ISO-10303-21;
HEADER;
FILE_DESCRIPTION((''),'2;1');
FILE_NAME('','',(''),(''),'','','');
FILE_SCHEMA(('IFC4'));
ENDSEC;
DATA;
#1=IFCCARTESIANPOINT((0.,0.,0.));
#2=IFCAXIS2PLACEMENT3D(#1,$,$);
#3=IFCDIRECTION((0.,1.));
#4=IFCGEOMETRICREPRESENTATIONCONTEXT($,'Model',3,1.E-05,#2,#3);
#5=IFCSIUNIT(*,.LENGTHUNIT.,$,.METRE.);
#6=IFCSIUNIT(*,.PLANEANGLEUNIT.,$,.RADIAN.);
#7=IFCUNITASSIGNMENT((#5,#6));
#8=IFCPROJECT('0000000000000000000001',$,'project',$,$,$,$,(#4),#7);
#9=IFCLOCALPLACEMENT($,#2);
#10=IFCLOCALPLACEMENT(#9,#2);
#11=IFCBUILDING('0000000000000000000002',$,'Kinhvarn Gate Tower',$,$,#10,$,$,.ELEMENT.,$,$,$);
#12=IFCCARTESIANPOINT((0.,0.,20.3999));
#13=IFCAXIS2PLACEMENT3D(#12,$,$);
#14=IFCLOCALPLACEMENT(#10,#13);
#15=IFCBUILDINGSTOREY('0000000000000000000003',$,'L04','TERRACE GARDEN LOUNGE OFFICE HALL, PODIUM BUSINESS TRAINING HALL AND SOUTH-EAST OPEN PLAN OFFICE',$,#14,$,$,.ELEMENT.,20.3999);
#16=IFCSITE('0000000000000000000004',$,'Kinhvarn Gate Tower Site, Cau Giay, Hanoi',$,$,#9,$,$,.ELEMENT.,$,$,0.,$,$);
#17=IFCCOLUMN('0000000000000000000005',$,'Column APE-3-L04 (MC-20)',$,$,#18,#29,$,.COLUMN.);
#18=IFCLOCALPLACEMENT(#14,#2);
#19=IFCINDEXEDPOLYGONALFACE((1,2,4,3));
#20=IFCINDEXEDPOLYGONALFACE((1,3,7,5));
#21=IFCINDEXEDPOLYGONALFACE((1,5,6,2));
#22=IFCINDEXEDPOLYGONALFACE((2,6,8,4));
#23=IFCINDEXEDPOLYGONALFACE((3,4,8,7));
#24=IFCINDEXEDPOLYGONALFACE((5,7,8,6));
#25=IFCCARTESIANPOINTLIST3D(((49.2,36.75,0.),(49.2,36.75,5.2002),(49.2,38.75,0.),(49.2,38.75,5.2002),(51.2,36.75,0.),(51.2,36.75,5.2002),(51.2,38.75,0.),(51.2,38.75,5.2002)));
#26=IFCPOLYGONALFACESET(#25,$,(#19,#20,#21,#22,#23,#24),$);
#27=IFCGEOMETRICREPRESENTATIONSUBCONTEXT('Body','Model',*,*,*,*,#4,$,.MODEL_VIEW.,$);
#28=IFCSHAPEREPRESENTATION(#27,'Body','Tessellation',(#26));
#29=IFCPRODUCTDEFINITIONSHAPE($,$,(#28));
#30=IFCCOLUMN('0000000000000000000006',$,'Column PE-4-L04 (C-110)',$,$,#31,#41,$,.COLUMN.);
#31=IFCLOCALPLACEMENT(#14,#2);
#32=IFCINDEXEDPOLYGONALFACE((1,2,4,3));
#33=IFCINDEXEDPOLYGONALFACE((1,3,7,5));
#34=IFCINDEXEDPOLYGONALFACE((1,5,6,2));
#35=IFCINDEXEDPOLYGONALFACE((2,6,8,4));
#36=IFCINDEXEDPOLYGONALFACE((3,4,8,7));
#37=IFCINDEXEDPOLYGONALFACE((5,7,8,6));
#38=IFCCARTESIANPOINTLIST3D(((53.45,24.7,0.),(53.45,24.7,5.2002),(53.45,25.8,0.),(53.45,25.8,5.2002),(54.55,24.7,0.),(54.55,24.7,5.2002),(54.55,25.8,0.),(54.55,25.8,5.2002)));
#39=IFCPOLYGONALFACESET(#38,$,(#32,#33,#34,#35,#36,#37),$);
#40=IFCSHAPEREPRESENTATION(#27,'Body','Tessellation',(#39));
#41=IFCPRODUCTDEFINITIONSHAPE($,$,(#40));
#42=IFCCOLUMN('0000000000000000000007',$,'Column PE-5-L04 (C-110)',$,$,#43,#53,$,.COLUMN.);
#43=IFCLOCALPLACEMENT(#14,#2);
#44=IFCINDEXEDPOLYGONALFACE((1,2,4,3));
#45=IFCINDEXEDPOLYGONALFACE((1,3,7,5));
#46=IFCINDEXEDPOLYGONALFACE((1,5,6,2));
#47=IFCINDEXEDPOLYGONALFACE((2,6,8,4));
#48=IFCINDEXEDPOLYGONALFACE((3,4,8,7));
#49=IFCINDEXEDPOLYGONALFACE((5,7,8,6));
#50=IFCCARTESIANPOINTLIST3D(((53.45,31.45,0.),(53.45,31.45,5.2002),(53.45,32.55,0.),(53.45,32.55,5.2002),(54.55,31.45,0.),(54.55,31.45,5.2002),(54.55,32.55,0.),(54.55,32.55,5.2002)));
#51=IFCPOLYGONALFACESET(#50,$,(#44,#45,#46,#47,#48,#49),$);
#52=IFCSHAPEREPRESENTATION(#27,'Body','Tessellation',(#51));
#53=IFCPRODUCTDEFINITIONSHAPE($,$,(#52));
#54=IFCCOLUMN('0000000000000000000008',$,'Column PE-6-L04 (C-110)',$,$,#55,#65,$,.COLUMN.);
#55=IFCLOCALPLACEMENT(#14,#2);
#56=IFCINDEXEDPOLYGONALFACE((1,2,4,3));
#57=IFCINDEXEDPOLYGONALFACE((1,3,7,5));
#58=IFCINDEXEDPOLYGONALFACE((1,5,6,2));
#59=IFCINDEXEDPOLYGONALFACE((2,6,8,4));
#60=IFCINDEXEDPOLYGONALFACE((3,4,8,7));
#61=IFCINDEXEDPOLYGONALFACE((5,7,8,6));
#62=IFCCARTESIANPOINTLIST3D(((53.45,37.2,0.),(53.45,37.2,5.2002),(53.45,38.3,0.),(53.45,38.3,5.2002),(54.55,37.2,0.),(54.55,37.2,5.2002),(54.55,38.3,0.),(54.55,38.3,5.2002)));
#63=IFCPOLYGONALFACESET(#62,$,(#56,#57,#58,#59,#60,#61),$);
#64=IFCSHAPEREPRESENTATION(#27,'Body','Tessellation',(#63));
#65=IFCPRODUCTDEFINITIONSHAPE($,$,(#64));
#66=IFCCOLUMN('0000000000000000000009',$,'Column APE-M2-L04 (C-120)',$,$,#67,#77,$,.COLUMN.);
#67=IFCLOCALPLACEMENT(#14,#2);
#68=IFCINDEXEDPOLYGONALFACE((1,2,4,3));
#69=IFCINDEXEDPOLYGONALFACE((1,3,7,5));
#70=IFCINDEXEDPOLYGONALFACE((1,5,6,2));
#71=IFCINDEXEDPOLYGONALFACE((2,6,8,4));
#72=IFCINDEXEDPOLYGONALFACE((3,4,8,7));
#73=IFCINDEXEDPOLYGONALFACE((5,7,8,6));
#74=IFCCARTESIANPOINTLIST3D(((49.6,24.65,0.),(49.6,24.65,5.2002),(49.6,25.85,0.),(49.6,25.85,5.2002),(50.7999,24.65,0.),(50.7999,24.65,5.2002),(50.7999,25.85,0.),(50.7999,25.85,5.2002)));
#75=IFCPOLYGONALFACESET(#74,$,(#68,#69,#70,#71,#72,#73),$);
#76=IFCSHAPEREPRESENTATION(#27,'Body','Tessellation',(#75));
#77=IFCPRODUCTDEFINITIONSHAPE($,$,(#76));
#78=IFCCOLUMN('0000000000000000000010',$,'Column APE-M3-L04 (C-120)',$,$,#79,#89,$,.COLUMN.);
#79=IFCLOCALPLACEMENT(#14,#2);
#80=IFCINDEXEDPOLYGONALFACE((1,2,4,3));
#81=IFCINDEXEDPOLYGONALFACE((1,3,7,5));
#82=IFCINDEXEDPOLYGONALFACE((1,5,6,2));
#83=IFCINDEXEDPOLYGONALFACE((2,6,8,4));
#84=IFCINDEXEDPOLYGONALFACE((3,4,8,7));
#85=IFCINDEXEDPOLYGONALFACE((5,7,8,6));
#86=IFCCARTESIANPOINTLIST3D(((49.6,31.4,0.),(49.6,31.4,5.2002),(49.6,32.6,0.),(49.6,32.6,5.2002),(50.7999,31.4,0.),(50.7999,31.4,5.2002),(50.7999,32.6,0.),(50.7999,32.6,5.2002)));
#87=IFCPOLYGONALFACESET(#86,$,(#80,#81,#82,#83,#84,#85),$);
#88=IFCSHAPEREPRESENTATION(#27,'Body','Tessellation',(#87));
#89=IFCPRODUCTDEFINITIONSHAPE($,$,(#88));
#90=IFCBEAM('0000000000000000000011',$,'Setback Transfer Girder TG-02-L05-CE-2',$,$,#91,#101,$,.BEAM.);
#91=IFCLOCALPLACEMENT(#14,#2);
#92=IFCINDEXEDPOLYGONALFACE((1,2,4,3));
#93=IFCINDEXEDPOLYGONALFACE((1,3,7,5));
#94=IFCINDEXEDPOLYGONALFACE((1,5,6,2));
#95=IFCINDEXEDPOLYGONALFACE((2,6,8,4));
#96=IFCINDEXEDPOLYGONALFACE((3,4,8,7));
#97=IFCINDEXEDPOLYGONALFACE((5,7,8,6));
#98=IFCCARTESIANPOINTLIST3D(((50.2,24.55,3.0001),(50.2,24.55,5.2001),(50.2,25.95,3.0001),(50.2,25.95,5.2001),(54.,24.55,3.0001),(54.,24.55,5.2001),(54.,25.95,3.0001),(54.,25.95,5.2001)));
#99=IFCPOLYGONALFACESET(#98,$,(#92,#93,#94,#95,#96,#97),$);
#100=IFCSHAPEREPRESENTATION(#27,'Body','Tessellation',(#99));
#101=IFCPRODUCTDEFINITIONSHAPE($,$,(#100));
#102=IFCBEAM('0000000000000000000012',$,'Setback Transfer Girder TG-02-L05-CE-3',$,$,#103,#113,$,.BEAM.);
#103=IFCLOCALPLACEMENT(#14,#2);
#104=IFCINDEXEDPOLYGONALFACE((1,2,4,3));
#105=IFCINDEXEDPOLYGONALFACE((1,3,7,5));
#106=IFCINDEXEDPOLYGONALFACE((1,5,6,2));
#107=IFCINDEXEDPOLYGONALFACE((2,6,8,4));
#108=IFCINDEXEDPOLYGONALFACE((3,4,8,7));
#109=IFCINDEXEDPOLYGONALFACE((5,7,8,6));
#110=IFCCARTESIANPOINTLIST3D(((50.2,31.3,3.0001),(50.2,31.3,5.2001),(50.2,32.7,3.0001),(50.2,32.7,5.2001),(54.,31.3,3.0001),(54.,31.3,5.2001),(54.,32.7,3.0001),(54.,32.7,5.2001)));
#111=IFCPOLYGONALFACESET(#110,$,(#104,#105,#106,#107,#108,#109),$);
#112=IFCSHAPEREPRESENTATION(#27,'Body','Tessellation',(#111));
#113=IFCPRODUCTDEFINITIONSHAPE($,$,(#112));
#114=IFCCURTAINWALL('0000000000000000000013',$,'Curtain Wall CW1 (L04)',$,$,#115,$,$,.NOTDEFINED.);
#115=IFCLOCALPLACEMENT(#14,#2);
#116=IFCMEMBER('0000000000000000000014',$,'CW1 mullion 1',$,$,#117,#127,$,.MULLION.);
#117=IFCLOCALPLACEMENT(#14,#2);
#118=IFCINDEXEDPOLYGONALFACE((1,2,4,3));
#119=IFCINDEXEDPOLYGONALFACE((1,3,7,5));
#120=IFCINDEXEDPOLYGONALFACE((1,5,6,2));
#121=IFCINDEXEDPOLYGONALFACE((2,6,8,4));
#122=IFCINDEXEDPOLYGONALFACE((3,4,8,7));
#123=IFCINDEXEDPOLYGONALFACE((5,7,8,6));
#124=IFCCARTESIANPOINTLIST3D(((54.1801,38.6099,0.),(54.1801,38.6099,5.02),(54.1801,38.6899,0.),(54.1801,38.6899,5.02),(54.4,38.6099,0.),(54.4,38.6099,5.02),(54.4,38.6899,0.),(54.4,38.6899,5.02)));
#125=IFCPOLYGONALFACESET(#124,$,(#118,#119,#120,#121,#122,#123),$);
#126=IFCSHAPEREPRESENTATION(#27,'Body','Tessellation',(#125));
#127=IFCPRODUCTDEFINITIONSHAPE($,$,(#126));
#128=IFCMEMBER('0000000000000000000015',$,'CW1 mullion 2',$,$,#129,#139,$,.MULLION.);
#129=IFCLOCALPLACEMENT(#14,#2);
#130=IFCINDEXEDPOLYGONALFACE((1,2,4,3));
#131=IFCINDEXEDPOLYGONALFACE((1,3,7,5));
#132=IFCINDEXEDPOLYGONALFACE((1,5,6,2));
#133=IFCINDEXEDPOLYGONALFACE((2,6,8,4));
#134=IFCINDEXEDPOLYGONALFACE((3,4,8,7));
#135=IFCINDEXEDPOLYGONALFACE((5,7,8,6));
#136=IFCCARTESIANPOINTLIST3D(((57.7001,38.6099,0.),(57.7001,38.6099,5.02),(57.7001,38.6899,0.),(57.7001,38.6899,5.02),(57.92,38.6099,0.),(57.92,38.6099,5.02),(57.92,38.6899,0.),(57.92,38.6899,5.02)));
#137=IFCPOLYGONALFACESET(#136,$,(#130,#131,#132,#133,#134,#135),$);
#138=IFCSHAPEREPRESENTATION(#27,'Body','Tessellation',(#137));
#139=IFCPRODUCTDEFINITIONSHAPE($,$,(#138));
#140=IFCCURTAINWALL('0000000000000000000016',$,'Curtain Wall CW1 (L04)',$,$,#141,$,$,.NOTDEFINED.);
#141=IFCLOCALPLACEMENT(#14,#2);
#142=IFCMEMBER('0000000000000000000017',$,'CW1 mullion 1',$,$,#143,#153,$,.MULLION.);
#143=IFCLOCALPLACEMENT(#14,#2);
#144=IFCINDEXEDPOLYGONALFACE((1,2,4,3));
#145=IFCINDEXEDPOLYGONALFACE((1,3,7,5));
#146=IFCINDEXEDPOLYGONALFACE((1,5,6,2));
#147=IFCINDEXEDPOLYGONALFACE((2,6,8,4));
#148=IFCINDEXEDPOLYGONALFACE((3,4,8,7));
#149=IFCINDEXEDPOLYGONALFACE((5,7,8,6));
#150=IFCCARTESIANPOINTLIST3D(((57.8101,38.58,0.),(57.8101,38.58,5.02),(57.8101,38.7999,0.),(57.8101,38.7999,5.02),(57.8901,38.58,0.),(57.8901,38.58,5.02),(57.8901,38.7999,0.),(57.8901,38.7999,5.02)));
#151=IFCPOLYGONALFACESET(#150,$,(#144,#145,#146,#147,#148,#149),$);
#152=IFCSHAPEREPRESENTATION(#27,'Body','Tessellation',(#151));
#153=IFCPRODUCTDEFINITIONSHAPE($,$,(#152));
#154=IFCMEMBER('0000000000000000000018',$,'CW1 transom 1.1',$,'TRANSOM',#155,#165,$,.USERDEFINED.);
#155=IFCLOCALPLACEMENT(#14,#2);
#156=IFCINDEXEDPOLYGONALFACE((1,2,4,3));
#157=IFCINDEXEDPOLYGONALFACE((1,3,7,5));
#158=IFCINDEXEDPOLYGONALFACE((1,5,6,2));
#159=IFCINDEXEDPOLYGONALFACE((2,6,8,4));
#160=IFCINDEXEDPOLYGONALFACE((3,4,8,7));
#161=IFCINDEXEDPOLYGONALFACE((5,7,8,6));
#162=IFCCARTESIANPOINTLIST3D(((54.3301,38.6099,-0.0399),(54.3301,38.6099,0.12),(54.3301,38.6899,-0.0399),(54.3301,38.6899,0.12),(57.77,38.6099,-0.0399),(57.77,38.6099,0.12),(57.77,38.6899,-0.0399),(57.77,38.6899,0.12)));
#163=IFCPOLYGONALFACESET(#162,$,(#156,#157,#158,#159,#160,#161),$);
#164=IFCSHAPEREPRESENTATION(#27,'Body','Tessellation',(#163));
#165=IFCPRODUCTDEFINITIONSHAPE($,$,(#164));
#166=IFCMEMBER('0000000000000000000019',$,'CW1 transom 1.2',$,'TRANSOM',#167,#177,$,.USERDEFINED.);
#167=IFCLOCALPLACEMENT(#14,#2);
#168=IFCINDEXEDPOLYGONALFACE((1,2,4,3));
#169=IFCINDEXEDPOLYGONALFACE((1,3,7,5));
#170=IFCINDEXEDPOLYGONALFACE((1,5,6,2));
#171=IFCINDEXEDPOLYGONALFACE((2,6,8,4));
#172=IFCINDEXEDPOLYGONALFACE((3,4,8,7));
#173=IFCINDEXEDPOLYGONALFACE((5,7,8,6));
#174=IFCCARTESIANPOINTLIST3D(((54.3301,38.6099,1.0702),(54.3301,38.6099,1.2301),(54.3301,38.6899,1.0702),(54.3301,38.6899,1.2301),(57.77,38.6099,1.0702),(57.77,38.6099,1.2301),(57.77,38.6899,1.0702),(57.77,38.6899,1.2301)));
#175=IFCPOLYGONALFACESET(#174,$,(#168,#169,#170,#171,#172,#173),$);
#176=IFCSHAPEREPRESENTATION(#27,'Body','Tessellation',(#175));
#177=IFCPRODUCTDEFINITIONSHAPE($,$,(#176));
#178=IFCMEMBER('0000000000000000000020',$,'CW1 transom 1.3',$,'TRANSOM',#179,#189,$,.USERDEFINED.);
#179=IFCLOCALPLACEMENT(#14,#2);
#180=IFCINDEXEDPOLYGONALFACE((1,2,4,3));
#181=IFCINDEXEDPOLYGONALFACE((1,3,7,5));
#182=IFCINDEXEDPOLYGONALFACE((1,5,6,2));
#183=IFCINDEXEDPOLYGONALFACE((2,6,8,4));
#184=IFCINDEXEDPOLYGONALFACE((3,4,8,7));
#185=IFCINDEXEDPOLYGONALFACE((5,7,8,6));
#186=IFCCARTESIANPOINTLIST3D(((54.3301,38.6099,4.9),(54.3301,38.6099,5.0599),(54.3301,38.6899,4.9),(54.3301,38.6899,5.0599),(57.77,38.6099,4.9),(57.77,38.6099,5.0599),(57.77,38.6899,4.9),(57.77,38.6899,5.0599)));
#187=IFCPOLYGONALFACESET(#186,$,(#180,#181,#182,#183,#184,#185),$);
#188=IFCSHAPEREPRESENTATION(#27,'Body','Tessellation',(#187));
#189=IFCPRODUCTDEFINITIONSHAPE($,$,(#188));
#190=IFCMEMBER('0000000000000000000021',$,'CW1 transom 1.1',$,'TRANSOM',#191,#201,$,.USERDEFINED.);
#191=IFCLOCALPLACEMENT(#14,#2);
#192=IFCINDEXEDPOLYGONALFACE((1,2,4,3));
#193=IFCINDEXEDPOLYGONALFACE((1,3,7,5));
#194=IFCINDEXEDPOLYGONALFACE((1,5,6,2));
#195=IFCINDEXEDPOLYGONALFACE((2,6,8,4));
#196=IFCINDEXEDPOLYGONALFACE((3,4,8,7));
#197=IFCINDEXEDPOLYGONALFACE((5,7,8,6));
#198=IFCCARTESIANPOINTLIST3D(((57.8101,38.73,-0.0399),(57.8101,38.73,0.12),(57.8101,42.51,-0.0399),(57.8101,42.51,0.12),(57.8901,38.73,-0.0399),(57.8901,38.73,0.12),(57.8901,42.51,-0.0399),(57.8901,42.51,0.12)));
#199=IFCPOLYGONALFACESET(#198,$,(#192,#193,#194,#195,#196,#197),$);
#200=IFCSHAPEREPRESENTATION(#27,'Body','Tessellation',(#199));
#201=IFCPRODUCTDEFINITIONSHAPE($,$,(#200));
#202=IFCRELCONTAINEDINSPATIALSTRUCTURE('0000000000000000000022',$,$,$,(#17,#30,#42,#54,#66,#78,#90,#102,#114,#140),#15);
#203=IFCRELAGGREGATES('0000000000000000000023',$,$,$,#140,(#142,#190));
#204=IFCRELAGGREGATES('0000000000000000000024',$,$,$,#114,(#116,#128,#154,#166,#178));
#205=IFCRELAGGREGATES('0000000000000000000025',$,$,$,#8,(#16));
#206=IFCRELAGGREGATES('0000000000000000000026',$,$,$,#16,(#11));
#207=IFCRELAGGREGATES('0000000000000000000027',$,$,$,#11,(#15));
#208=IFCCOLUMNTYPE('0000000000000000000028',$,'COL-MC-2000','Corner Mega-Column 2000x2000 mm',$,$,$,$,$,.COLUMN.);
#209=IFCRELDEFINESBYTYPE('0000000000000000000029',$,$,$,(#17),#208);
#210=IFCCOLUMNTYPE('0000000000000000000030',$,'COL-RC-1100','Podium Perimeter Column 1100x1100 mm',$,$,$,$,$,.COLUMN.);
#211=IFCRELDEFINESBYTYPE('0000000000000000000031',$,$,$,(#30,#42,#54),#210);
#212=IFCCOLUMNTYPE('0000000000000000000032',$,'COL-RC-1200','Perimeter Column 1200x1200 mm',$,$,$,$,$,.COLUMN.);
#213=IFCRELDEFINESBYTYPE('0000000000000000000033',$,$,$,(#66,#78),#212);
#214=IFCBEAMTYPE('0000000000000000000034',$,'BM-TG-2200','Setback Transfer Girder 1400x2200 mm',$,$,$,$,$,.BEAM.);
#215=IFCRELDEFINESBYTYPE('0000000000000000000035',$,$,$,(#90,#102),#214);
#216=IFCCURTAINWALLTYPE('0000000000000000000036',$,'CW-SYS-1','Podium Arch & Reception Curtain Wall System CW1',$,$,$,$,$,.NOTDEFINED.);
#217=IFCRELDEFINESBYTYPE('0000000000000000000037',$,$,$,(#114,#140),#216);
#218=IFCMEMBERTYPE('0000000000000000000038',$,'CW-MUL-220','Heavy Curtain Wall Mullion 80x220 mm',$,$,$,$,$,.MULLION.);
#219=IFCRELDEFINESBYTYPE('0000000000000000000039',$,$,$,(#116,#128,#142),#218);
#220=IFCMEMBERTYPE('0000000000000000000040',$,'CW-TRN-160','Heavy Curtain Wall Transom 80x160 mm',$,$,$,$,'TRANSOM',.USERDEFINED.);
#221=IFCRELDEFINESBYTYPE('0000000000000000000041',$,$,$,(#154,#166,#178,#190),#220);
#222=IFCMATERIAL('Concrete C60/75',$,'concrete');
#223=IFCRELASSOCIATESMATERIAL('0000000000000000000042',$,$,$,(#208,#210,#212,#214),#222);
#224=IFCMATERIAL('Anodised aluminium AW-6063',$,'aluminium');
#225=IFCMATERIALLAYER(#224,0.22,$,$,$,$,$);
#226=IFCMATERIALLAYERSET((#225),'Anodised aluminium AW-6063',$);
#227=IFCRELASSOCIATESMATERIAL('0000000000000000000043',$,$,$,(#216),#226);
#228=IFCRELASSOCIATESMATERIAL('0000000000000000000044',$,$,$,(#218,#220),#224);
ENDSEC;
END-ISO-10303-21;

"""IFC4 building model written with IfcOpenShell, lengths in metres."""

from ifc_helpers import new_model, si_unit, direction, frame, origin, origin_2d, place, context, subcontext, project, spatial, rectangle, extrude, material, layer, layer_set, material_profile, profile_set, type_object, element, aggregate, save


model = new_model("IFC4")

# Units and contexts
model_context = context("Model", 3, precision=1e-05, world=origin(), true_north=direction((0.0, 1.0)))
body_context = subcontext(model_context, "Body", "Model", "MODEL_VIEW")
ifc_project = project(units=[si_unit("LENGTHUNIT", "METRE"), si_unit("PLANEANGLEUNIT", "RADIAN")], contexts=[model_context])

# Site, building, storey
site_placement = place(None, origin())
site = spatial("IfcSite", under=ifc_project, at=site_placement, Name="Kinhvarn Gate Tower Site, Cau Giay, Hanoi", CompositionType="ELEMENT", RefElevation=0.0)
building_placement = place(site_placement, origin())
building = spatial("IfcBuilding", under=site, at=building_placement, Name="Kinhvarn Gate Tower", CompositionType="ELEMENT")
storey_placement = place(building_placement, frame((0.0, 0.0, 20.3999)))
storey = spatial("IfcBuildingStorey", under=building, at=storey_placement, Name="L04", Description="TERRACE GARDEN LOUNGE OFFICE HALL, PODIUM BUSINESS TRAINING HALL AND SOUTH-EAST OPEN PLAN OFFICE", CompositionType="ELEMENT", Elevation=20.3999)

# Columns
ifc_material_1 = material(Name="Concrete C60/75", Category="concrete")
ifc_material_profile_1 = material_profile(ifc_material_1, rectangle(XDim=2.0, YDim=2.0, at=origin_2d()), Name="RC 2000x2000")
ifc_profile_set_1 = profile_set([ifc_material_profile_1], Name="Concrete C60/75")
column_type_1 = type_object("IfcColumnType", Name="COL-MC-2000", Description="Corner Mega-Column 2000x2000 mm", PredefinedType="COLUMN", material=ifc_profile_set_1)
column_placement = place(storey_placement, frame((50.2, 37.75, 0.0), z_axis=(0.0, 0.0, 1.0), x_axis=(1.0, 0.0, 0.0)))
element("IfcColumn", 1, at=column_placement, inside=storey, type_object=column_type_1, Name="Column APE-3-L04 (MC-20)", PredefinedType="COLUMN", context=body_context, shape_type="SweptSolid", body=[
    extrude(rectangle(XDim=2.0, YDim=2.0, at=origin_2d()), origin(), (0.0, 0.0, 1.0), 5.2002),
])
ifc_material_profile_2 = material_profile(ifc_material_1, rectangle(XDim=1.1001, YDim=1.1001, at=origin_2d()), Name="RC 1100x1100")
ifc_profile_set_2 = profile_set([ifc_material_profile_2], Name="Concrete C60/75")
column_type_2 = type_object("IfcColumnType", Name="COL-RC-1100", Description="Podium Perimeter Column 1100x1100 mm", PredefinedType="COLUMN", material=ifc_profile_set_2)
for number, where, z_axis, x_axis, name in (
    (2, (54.0, 25.25, 0.0), (0.0, 0.0, 1.0), (1.0, 0.0, 0.0), "Column PE-4-L04 (C-110)"),
    (3, (54.0, 32.0, 0.0), (0.0, 0.0, 1.0), (1.0, 0.0, 0.0), "Column PE-5-L04 (C-110)"),
    (4, (54.0, 37.75, 0.0), (0.0, 0.0, 1.0), (1.0, 0.0, 0.0), "Column PE-6-L04 (C-110)"),
):
    element("IfcColumn", number, at=place(storey_placement, frame(where, z_axis=z_axis, x_axis=x_axis)), inside=storey, type_object=column_type_2, Name=name, PredefinedType="COLUMN", context=body_context, shape_type="SweptSolid", body=[
        extrude(rectangle(XDim=1.1001, YDim=1.1001, at=origin_2d()), origin(), (0.0, 0.0, 1.0), 5.2002),
    ])
ifc_material_profile_3 = material_profile(ifc_material_1, rectangle(XDim=1.2, YDim=1.2, at=origin_2d()), Name="RC 1200x1200")
ifc_profile_set_3 = profile_set([ifc_material_profile_3], Name="Concrete C60/75")
column_type_3 = type_object("IfcColumnType", Name="COL-RC-1200", Description="Perimeter Column 1200x1200 mm", PredefinedType="COLUMN", material=ifc_profile_set_3)
for number, where, z_axis, x_axis, name in (
    (5, (50.2, 25.25, 0.0), (0.0, 0.0, 1.0), (1.0, 0.0, 0.0), "Column APE-M2-L04 (C-120)"),
    (6, (50.2, 32.0, 0.0), (0.0, 0.0, 1.0), (1.0, 0.0, 0.0), "Column APE-M3-L04 (C-120)"),
):
    element("IfcColumn", number, at=place(storey_placement, frame(where, z_axis=z_axis, x_axis=x_axis)), inside=storey, type_object=column_type_3, Name=name, PredefinedType="COLUMN", context=body_context, shape_type="SweptSolid", body=[
        extrude(rectangle(XDim=1.2, YDim=1.2, at=origin_2d()), origin(), (0.0, 0.0, 1.0), 5.2002),
    ])

# Beams
ifc_material_profile_4 = material_profile(ifc_material_1, rectangle(XDim=1.3999, YDim=2.2, at=origin_2d()), Name="RC 1400x2200")
ifc_profile_set_4 = profile_set([ifc_material_profile_4], Name="Concrete C60/75")
beam_type_1 = type_object("IfcBeamType", Name="BM-TG-2200", Description="Setback Transfer Girder 1400x2200 mm", PredefinedType="BEAM", material=ifc_profile_set_4)
for number, where, z_axis, x_axis, name in (
    (7, (50.2, 25.25, 4.1001), (1.0, 0.0, 0.0), (0.0, 1.0, 0.0), "Setback Transfer Girder TG-02-L05-CE-2"),
    (8, (50.2, 32.0, 4.1001), (1.0, 0.0, 0.0), (0.0, 1.0, 0.0), "Setback Transfer Girder TG-02-L05-CE-3"),
):
    element("IfcBeam", number, at=place(storey_placement, frame(where, z_axis=z_axis, x_axis=x_axis)), inside=storey, type_object=beam_type_1, Name=name, PredefinedType="BEAM", context=body_context, shape_type="SweptSolid", body=[
        extrude(rectangle(XDim=1.3999, YDim=2.2, at=origin_2d()), origin(), (0.0, 0.0, 1.0), 3.8),
    ])

# Curtain wall, members
ifc_material_2 = material(Name="Anodised aluminium AW-6063", Category="aluminium")
ifc_layer_1 = layer(ifc_material_2, 0.22)
ifc_layer_set_1 = layer_set([ifc_layer_1], Name="Anodised aluminium AW-6063")
curtain_wall_type = type_object("IfcCurtainWallType", Name="CW-SYS-1", Description="Podium Arch & Reception Curtain Wall System CW1", PredefinedType="NOTDEFINED", material=ifc_layer_set_1)
curtain_wall_1_placement = place(storey_placement, origin())
curtain_wall_1 = element("IfcCurtainWall", 9, at=curtain_wall_1_placement, inside=storey, type_object=curtain_wall_type, Name="Curtain Wall CW1 (L04)", PredefinedType="NOTDEFINED")
ifc_material_profile_5 = material_profile(ifc_material_2, rectangle(XDim=0.0801, YDim=0.22, at=origin_2d()), Name="ALU 80x220")
ifc_profile_set_5 = profile_set([ifc_material_profile_5], Name="Anodised aluminium AW-6063")
member_type_1 = type_object("IfcMemberType", Name="CW-MUL-220", Description="Heavy Curtain Wall Mullion 80x220 mm", PredefinedType="MULLION", material=ifc_profile_set_5)
member_1_placement = place(storey_placement, frame((54.29, 38.6499, 0.0), z_axis=(0.0, 0.0, 1.0), x_axis=(0.0, 1.0, 0.0)))
member_1 = element("IfcMember", 10, at=member_1_placement, type_object=member_type_1, Name="CW1 mullion 1", PredefinedType="MULLION", context=body_context, shape_type="SweptSolid", body=[
    extrude(rectangle(XDim=0.0801, YDim=0.22, at=origin_2d()), origin(), (0.0, 0.0, 1.0), 5.02),
])
member_2_placement = place(storey_placement, frame((57.8101, 38.6499, 0.0), z_axis=(0.0, 0.0, 1.0), x_axis=(0.0, 1.0, 0.0)))
member_2 = element("IfcMember", 11, at=member_2_placement, type_object=member_type_1, Name="CW1 mullion 2", PredefinedType="MULLION", context=body_context, shape_type="SweptSolid", body=[
    extrude(rectangle(XDim=0.0801, YDim=0.22, at=origin_2d()), origin(), (0.0, 0.0, 1.0), 5.02),
])

# Curtain wall, member
curtain_wall_2_placement = place(storey_placement, origin())
curtain_wall_2 = element("IfcCurtainWall", 12, at=curtain_wall_2_placement, inside=storey, type_object=curtain_wall_type, Name="Curtain Wall CW1 (L04)", PredefinedType="NOTDEFINED")
member_3_placement = place(storey_placement, frame((57.8501, 38.6899, 0.0), z_axis=(0.0, 0.0, 1.0), x_axis=(-1.0, 0.0, 0.0)))
member_3 = element("IfcMember", 13, at=member_3_placement, type_object=member_type_1, Name="CW1 mullion 1", PredefinedType="MULLION", context=body_context, shape_type="SweptSolid", body=[
    extrude(rectangle(XDim=0.0801, YDim=0.22, at=origin_2d()), origin(), (0.0, 0.0, 1.0), 5.02),
])

# Members
ifc_material_profile_6 = material_profile(ifc_material_2, rectangle(XDim=0.0801, YDim=0.1599, at=origin_2d()), Name="ALU 80x160")
ifc_profile_set_6 = profile_set([ifc_material_profile_6], Name="Anodised aluminium AW-6063")
member_type_2 = type_object("IfcMemberType", Name="CW-TRN-160", Description="Heavy Curtain Wall Transom 80x160 mm", ElementType="TRANSOM", PredefinedType="USERDEFINED", material=ifc_profile_set_6)
member_4_placement = place(storey_placement, frame((54.3301, 38.6499, 0.04), z_axis=(1.0, 0.0, 0.0), x_axis=(0.0, 1.0, 0.0)))
member_4 = element("IfcMember", 14, at=member_4_placement, type_object=member_type_2, Name="CW1 transom 1.1", ObjectType="TRANSOM", PredefinedType="USERDEFINED", context=body_context, shape_type="SweptSolid", body=[
    extrude(rectangle(XDim=0.0801, YDim=0.1599, at=origin_2d()), origin(), (0.0, 0.0, 1.0), 3.4399),
])
member_5_placement = place(storey_placement, frame((54.3301, 38.6499, 1.1501), z_axis=(1.0, 0.0, 0.0), x_axis=(0.0, 1.0, 0.0)))
member_5 = element("IfcMember", 15, at=member_5_placement, type_object=member_type_2, Name="CW1 transom 1.2", ObjectType="TRANSOM", PredefinedType="USERDEFINED", context=body_context, shape_type="SweptSolid", body=[
    extrude(rectangle(XDim=0.0801, YDim=0.1599, at=origin_2d()), origin(), (0.0, 0.0, 1.0), 3.4399),
])
member_6_placement = place(storey_placement, frame((54.3301, 38.6499, 4.98), z_axis=(1.0, 0.0, 0.0), x_axis=(0.0, 1.0, 0.0)))
member_6 = element("IfcMember", 16, at=member_6_placement, type_object=member_type_2, Name="CW1 transom 1.3", ObjectType="TRANSOM", PredefinedType="USERDEFINED", context=body_context, shape_type="SweptSolid", body=[
    extrude(rectangle(XDim=0.0801, YDim=0.1599, at=origin_2d()), origin(), (0.0, 0.0, 1.0), 3.4399),
])
member_7_placement = place(storey_placement, frame((57.8501, 38.73, 0.04), z_axis=(0.0, 1.0, 0.0), x_axis=(-1.0, 0.0, 0.0)))
member_7 = element("IfcMember", 17, at=member_7_placement, type_object=member_type_2, Name="CW1 transom 1.1", ObjectType="TRANSOM", PredefinedType="USERDEFINED", context=body_context, shape_type="SweptSolid", body=[
    extrude(rectangle(XDim=0.0801, YDim=0.1599, at=origin_2d()), origin(), (0.0, 0.0, 1.0), 3.78),
])
aggregate(curtain_wall_2, [member_3, member_7])

aggregate(curtain_wall_1, [member_1, member_2, member_4, member_5, member_6])

save(model, "model.ifc")
